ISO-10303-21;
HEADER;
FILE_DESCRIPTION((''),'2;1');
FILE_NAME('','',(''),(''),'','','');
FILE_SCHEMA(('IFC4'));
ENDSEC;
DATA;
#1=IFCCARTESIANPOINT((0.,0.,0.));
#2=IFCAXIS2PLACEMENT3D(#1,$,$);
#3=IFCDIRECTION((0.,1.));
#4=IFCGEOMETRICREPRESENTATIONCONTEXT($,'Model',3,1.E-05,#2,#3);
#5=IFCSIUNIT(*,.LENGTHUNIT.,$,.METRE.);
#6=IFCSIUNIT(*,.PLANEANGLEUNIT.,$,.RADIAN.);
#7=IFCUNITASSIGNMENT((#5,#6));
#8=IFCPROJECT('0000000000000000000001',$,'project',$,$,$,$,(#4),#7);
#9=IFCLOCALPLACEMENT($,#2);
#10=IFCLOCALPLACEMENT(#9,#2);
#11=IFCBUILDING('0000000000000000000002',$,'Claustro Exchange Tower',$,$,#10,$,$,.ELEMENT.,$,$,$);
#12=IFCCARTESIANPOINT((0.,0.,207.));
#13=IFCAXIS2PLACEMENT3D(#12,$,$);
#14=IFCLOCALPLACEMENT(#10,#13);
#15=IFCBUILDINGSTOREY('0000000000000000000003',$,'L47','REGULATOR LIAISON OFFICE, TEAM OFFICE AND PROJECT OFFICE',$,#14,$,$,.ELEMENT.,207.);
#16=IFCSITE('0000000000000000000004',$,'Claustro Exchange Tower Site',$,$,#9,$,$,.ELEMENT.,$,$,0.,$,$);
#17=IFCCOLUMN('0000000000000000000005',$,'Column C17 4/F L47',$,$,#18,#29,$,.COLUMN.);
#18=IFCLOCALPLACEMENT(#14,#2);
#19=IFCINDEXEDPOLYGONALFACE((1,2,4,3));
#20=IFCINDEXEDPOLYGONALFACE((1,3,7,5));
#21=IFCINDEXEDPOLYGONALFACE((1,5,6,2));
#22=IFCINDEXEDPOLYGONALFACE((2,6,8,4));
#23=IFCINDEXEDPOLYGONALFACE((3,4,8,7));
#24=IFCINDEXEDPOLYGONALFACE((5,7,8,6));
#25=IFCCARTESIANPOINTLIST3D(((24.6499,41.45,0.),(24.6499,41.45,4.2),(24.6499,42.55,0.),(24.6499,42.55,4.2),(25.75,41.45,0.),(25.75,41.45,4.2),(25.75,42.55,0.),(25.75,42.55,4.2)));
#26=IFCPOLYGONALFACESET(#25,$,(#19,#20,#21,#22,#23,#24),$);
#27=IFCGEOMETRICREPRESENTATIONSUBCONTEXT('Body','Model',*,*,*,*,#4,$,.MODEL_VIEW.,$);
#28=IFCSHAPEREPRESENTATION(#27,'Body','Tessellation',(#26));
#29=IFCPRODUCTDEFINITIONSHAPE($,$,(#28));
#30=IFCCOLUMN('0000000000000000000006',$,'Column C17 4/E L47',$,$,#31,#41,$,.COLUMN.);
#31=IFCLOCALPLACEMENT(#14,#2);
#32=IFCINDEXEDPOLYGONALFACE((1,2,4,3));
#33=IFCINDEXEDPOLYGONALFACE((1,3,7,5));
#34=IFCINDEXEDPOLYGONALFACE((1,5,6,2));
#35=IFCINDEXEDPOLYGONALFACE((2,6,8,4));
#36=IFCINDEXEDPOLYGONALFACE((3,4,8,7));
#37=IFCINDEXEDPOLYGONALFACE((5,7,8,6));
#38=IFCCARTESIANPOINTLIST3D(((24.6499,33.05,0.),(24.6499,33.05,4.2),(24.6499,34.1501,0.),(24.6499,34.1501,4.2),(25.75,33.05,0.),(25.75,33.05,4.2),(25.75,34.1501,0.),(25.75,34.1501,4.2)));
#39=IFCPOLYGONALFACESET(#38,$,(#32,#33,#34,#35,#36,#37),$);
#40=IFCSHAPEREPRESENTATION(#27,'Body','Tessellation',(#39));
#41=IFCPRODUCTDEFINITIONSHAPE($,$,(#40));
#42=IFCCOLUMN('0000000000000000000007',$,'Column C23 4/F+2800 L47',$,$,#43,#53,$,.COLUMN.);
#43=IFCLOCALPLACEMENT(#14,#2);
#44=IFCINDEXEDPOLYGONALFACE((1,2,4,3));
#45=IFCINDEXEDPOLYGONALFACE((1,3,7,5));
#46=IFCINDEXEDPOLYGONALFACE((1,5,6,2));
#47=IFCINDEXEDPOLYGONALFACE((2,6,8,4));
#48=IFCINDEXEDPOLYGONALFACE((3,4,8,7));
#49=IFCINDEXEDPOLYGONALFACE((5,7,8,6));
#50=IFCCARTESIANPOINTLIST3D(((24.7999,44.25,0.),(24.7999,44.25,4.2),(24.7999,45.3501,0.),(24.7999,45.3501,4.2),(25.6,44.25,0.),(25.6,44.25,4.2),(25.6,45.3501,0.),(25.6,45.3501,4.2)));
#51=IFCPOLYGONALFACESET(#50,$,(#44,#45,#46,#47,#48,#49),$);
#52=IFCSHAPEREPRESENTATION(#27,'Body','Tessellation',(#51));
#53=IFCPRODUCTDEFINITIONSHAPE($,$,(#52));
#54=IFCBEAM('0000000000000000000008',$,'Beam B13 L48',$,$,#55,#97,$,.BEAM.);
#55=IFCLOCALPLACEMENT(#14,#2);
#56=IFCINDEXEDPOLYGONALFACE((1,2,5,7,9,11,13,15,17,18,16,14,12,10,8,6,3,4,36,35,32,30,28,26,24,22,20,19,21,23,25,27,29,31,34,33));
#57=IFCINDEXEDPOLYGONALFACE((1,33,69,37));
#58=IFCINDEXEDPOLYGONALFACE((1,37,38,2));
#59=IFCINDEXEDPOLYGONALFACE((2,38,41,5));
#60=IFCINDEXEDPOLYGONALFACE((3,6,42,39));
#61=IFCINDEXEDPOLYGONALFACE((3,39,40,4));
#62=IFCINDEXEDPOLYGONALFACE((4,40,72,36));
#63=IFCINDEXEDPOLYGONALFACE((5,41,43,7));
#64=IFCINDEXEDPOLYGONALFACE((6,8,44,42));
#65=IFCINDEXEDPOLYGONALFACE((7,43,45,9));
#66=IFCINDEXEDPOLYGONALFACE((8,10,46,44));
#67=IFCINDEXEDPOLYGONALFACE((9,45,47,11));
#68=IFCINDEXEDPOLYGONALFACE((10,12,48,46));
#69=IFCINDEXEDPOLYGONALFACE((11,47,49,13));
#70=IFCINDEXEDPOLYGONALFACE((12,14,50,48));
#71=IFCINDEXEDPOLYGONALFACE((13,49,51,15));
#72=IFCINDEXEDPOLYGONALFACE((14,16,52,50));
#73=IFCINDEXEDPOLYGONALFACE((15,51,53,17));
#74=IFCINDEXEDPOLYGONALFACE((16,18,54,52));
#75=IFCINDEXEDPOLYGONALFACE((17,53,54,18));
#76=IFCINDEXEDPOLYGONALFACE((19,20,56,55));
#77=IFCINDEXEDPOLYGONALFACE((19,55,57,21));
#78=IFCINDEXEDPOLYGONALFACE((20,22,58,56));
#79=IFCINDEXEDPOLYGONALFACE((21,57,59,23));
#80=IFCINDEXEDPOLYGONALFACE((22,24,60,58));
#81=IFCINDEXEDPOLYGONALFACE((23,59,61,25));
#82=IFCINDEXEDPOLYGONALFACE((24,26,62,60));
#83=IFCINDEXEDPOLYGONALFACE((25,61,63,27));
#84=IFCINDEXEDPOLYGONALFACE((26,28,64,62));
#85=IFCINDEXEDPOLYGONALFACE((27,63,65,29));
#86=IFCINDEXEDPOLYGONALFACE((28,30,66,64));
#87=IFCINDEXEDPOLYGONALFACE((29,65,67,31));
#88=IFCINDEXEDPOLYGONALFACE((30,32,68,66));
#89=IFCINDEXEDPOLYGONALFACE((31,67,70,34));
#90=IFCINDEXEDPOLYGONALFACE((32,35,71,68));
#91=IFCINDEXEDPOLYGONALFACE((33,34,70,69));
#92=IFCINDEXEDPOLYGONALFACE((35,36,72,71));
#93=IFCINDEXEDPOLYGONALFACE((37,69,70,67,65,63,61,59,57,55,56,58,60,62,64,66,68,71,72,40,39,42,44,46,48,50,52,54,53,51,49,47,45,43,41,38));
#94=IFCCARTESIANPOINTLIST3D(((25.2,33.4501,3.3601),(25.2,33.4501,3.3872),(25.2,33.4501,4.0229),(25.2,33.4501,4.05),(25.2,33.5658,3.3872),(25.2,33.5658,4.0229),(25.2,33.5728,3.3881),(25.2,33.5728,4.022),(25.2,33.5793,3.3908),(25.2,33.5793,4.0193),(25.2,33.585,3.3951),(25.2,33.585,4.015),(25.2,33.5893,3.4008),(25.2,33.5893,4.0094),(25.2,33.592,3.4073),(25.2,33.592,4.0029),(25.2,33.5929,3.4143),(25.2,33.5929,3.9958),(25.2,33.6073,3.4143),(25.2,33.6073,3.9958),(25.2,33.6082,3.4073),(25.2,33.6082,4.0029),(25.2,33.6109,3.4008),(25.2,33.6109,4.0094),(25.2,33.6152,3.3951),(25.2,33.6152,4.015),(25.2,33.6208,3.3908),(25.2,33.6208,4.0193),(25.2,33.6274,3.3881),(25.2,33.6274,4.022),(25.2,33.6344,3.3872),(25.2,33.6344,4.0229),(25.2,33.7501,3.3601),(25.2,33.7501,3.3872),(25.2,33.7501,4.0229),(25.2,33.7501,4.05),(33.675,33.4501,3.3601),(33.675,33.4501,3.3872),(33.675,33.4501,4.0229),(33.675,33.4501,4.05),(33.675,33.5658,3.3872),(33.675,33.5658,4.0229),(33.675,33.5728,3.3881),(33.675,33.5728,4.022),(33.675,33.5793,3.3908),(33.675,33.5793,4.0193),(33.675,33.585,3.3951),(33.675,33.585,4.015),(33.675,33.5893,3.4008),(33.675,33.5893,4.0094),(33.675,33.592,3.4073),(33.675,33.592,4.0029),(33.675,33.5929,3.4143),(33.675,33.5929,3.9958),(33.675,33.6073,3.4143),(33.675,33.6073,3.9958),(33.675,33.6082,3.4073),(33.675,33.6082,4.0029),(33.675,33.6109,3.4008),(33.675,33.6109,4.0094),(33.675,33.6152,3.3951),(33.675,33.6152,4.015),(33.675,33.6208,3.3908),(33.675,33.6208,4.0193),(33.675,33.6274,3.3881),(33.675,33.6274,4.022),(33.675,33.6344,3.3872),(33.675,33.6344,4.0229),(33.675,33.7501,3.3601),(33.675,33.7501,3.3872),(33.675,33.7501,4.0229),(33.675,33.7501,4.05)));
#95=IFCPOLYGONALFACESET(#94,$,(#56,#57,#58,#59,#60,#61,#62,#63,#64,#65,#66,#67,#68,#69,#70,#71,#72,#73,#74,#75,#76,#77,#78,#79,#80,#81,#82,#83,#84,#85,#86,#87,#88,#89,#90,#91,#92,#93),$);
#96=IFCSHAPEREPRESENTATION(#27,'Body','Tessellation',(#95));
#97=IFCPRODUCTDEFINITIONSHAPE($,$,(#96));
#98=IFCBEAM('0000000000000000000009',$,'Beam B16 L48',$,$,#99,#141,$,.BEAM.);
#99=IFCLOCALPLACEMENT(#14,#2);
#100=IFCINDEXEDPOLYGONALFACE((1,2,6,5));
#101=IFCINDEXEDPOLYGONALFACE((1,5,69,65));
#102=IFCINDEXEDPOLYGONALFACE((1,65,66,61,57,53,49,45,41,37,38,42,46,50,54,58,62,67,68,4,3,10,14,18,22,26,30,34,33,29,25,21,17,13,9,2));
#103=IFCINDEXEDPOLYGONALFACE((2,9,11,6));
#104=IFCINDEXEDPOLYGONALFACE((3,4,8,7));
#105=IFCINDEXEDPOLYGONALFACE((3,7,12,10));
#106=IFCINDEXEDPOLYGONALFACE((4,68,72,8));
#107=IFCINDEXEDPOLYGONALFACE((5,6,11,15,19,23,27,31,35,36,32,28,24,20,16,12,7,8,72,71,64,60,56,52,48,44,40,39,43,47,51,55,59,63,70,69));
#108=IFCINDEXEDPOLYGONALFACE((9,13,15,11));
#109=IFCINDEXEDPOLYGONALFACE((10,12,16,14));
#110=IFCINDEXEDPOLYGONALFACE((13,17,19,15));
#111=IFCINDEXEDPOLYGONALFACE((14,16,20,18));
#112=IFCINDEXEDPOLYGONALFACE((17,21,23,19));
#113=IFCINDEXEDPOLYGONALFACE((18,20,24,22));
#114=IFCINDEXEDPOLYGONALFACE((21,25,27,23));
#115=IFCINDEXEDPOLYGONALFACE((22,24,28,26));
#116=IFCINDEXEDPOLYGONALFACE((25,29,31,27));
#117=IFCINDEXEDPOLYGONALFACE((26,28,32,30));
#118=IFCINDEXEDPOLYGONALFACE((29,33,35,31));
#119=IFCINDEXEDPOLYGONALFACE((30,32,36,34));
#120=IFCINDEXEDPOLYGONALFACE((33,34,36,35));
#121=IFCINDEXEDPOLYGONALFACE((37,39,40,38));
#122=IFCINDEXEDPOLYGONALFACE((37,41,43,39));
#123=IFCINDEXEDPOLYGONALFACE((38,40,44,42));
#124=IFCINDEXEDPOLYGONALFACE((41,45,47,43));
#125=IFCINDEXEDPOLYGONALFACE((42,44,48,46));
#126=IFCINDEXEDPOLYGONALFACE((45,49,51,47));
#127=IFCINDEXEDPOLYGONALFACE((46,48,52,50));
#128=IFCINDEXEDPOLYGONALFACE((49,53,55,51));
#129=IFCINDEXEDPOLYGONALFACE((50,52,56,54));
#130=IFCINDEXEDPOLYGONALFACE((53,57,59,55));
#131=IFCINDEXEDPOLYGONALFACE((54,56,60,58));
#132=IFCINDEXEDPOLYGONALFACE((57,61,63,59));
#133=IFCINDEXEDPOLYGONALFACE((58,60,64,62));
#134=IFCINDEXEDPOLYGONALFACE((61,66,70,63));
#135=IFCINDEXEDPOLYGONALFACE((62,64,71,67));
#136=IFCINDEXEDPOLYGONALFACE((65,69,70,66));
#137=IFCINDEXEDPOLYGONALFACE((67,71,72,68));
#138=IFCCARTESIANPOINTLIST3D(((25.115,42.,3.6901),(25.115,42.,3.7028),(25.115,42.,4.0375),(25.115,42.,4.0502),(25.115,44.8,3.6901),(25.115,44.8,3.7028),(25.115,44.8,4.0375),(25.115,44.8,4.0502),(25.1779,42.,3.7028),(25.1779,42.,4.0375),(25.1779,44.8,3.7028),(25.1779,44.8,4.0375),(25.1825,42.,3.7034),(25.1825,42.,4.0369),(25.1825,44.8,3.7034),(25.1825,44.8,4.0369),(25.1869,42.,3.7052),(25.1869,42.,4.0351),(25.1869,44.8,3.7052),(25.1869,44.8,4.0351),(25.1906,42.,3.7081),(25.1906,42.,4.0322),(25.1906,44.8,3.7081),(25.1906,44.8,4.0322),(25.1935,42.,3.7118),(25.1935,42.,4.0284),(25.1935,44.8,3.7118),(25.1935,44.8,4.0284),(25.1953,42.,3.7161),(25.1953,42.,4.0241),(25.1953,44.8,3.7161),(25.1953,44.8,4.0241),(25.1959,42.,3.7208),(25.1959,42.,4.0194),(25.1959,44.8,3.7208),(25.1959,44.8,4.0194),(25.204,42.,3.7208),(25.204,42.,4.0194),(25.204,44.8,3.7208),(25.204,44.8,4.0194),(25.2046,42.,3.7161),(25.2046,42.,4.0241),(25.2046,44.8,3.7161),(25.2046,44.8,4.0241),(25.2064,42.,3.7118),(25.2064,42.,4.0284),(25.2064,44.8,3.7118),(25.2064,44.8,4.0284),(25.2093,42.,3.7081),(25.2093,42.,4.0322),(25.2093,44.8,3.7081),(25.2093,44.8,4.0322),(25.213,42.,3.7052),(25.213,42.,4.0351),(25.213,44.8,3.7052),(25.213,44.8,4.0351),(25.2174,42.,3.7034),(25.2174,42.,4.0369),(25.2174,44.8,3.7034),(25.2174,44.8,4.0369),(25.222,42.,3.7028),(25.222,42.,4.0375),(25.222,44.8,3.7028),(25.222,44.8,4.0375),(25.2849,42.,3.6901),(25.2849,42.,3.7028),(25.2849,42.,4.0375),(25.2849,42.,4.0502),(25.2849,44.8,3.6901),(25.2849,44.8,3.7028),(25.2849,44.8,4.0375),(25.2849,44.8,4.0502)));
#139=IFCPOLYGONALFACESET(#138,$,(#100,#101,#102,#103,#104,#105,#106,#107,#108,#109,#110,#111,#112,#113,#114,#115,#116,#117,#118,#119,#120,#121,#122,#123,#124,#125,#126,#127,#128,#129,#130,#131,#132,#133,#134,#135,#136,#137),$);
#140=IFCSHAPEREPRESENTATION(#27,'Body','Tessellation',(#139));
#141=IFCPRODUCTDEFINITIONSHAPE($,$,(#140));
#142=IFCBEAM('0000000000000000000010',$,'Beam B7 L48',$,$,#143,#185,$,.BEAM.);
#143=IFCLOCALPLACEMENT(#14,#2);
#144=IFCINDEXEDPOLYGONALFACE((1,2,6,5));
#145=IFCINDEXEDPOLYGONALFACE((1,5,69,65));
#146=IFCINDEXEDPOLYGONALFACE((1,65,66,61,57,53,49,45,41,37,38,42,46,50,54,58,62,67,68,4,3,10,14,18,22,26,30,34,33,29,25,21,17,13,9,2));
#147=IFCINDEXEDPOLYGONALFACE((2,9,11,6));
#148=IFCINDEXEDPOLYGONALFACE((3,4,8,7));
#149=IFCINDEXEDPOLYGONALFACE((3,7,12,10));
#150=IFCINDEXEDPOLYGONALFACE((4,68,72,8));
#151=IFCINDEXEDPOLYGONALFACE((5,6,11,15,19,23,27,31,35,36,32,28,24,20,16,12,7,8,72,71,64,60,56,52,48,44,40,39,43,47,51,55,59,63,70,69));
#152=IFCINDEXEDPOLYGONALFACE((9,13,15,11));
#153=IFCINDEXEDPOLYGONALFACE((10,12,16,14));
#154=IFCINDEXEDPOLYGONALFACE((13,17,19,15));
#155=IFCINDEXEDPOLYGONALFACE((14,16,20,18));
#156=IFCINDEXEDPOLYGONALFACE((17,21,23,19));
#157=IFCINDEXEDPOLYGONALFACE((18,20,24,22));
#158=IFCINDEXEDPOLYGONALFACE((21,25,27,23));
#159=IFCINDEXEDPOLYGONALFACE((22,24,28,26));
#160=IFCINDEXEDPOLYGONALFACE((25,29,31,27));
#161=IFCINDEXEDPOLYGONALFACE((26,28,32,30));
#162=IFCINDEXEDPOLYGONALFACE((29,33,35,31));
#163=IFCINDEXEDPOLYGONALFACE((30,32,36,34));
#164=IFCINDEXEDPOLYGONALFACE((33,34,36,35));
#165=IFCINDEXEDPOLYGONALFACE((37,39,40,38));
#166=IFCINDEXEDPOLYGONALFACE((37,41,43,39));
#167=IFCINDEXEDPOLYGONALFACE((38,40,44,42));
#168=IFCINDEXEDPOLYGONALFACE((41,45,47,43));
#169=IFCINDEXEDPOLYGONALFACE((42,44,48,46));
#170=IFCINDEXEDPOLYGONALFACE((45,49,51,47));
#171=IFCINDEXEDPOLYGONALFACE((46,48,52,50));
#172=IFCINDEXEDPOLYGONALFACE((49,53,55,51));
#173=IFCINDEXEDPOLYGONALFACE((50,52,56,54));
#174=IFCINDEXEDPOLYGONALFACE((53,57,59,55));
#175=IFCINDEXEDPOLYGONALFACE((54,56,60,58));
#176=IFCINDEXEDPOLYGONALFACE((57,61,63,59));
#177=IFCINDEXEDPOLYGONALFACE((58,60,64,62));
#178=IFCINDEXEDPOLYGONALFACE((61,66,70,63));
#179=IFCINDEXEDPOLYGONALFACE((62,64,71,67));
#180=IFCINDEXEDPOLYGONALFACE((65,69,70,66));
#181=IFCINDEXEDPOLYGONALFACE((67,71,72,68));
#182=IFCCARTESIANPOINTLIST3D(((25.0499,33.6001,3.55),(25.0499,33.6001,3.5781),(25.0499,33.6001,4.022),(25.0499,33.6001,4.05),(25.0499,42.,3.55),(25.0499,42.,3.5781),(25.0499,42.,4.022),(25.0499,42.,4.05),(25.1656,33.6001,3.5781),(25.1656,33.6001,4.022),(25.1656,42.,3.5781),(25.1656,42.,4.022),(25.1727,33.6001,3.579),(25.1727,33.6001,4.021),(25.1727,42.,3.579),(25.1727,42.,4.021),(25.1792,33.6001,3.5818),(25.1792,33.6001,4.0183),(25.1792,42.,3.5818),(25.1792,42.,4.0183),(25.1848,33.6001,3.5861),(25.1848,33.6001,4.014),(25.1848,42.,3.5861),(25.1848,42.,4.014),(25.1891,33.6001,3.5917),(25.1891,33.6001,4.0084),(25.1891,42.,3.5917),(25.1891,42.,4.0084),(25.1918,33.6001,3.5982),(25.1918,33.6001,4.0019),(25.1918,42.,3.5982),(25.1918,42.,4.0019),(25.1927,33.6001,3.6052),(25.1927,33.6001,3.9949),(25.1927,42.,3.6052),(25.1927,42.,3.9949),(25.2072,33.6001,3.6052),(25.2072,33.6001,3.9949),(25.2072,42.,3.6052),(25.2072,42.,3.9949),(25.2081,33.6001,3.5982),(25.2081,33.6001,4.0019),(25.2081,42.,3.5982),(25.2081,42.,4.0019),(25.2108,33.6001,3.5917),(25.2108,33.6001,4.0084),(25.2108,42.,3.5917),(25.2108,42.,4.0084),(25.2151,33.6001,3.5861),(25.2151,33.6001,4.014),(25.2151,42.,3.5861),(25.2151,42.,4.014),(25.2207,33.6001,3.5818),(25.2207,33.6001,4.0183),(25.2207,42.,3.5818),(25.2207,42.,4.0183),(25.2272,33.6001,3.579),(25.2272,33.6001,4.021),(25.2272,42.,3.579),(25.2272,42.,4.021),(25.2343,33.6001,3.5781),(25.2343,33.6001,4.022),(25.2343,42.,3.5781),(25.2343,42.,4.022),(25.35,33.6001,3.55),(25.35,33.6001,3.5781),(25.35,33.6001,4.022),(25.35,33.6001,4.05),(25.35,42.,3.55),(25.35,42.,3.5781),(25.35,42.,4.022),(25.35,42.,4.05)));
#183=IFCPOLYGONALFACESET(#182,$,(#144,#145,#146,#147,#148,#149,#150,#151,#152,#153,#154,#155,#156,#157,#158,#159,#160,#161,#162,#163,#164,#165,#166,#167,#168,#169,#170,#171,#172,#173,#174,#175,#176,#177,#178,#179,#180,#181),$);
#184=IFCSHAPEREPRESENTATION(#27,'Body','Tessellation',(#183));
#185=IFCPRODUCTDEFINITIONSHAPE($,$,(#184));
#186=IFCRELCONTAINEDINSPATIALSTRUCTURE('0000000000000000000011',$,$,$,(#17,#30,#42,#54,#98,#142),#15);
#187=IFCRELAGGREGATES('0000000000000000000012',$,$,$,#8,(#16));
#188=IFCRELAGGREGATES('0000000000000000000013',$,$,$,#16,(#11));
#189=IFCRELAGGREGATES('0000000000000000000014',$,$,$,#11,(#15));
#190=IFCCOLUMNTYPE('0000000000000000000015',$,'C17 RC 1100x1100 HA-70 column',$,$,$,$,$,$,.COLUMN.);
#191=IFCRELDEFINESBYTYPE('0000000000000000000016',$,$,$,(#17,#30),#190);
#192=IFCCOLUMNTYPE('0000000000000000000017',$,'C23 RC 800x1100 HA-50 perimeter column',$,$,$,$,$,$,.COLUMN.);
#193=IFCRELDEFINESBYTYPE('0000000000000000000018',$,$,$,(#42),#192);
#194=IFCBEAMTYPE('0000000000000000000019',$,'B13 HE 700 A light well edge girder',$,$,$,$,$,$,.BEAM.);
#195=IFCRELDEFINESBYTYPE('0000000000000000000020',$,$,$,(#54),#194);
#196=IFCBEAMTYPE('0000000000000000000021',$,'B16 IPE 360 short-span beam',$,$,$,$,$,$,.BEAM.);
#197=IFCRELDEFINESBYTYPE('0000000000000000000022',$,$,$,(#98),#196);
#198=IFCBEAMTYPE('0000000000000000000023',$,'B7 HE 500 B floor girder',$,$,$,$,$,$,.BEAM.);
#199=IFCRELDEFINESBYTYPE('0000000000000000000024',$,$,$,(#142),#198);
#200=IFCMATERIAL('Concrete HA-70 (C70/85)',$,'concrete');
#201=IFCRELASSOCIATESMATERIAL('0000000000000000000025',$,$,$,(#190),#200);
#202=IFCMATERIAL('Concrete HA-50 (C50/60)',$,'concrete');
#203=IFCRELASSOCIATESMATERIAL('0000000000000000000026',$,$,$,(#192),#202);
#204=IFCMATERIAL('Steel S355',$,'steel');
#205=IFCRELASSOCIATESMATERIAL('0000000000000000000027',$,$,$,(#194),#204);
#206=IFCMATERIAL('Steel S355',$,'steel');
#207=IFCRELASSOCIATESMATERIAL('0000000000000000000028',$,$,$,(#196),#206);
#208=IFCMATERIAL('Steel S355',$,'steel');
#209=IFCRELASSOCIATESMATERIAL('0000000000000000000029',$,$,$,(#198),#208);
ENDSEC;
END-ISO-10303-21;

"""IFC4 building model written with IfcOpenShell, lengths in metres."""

from ifc_helpers import new_model, si_unit, direction, frame, origin, origin_2d, place, context, subcontext, project, spatial, rectangle, i_section, extrude, material, material_profile, profile_set, type_object, element, save


model = new_model("IFC4")

# Units and contexts
model_context = context("Model", 3, precision=1e-05, world=origin(), true_north=direction((0.0, 1.0)))
body_context = subcontext(model_context, "Body", "Model", "MODEL_VIEW")
ifc_project = project(units=[si_unit("LENGTHUNIT", "METRE"), si_unit("PLANEANGLEUNIT", "RADIAN")], contexts=[model_context])

# Site, building, storey
site_placement = place(None, origin())
site = spatial("IfcSite", under=ifc_project, at=site_placement, Name="Claustro Exchange Tower Site", CompositionType="ELEMENT", RefElevation=0.0)
building_placement = place(site_placement, origin())
building = spatial("IfcBuilding", under=site, at=building_placement, Name="Claustro Exchange Tower", CompositionType="ELEMENT")
storey_placement = place(building_placement, frame((0.0, 0.0, 207.0)))
storey = spatial("IfcBuildingStorey", under=building, at=storey_placement, Name="L47", Description="REGULATOR LIAISON OFFICE, TEAM OFFICE AND PROJECT OFFICE", CompositionType="ELEMENT", Elevation=207.0)

# Columns
ifc_material_1 = material(Name="Concrete HA-70 (C70/85)", Category="concrete")
ifc_material_profile_1 = material_profile(ifc_material_1, rectangle(XDim=1.1001, YDim=1.1001, at=origin_2d()), Name="RC 1100x1100")
ifc_profile_set_1 = profile_set([ifc_material_profile_1], Name="Concrete HA-70 (C70/85)")
column_type_1 = type_object("IfcColumnType", Name="C17 RC 1100x1100 HA-70 column", PredefinedType="COLUMN", material=ifc_profile_set_1)
for number, where, z_axis, x_axis, name in (
    (1, (25.2, 42.0, 0.0), (0.0, 0.0, 1.0), (1.0, 0.0, 0.0), "Column C17 4/F L47"),
    (2, (25.2, 33.6001, 0.0), (0.0, 0.0, 1.0), (1.0, 0.0, 0.0), "Column C17 4/E L47"),
):
    element("IfcColumn", number, at=place(storey_placement, frame(where, z_axis=z_axis, x_axis=x_axis)), inside=storey, type_object=column_type_1, Name=name, PredefinedType="COLUMN", context=body_context, shape_type="SweptSolid", body=[
        extrude(rectangle(XDim=1.1001, YDim=1.1001, at=origin_2d()), origin(), (0.0, 0.0, 1.0), 4.2),
    ])
ifc_material_2 = material(Name="Concrete HA-50 (C50/60)", Category="concrete")
ifc_material_profile_2 = material_profile(ifc_material_2, rectangle(XDim=0.8, YDim=1.1001, at=origin_2d()), Name="RC 800x1100")
ifc_profile_set_2 = profile_set([ifc_material_profile_2], Name="Concrete HA-50 (C50/60)")
column_type_2 = type_object("IfcColumnType", Name="C23 RC 800x1100 HA-50 perimeter column", PredefinedType="COLUMN", material=ifc_profile_set_2)
column_placement = place(storey_placement, frame((25.2, 44.8, 0.0), z_axis=(0.0, 0.0, 1.0), x_axis=(1.0, 0.0, 0.0)))
element("IfcColumn", 3, at=column_placement, inside=storey, type_object=column_type_2, Name="Column C23 4/F+2800 L47", PredefinedType="COLUMN", context=body_context, shape_type="SweptSolid", body=[
    extrude(rectangle(XDim=0.8, YDim=1.1001, at=origin_2d()), origin(), (0.0, 0.0, 1.0), 4.2),
])

# Beams
ifc_material_3 = material(Name="Steel S355", Category="steel")
ifc_material_profile_3 = material_profile(ifc_material_3, i_section(OverallWidth=0.3, OverallDepth=0.6899, WebThickness=0.0144, FlangeThickness=0.0271, FilletRadius=0.0271, at=origin_2d()), Name="HE 700 A")
ifc_profile_set_3 = profile_set([ifc_material_profile_3], Name="Steel S355")
beam_type_1 = type_object("IfcBeamType", Name="B13 HE 700 A light well edge girder", PredefinedType="BEAM", material=ifc_profile_set_3)
beam_1_placement = place(storey_placement, frame((25.2, 33.6001, 3.7051), z_axis=(1.0, 0.0, 0.0), x_axis=(0.0, 1.0, 0.0)))
element("IfcBeam", 4, at=beam_1_placement, inside=storey, type_object=beam_type_1, Name="Beam B13 L48", PredefinedType="BEAM", context=body_context, shape_type="SweptSolid", body=[
    extrude(i_section(OverallWidth=0.3, OverallDepth=0.6899, WebThickness=0.0144, FlangeThickness=0.0271, FilletRadius=0.0271, at=origin_2d()), origin(), (0.0, 0.0, 1.0), 8.4751),
])
ifc_material_4 = material(Name="Steel S355", Category="steel")
ifc_material_profile_4 = material_profile(ifc_material_4, i_section(OverallWidth=0.1699, OverallDepth=0.3601, WebThickness=0.0081, FlangeThickness=0.0127, FilletRadius=0.0181, at=origin_2d()), Name="IPE 360")
ifc_profile_set_4 = profile_set([ifc_material_profile_4], Name="Steel S355")
beam_type_2 = type_object("IfcBeamType", Name="B16 IPE 360 short-span beam", PredefinedType="BEAM", material=ifc_profile_set_4)
beam_2_placement = place(storey_placement, frame((25.2, 42.0, 3.8701), z_axis=(0.0, 1.0, 0.0), x_axis=(-1.0, 0.0, 0.0)))
element("IfcBeam", 5, at=beam_2_placement, inside=storey, type_object=beam_type_2, Name="Beam B16 L48", PredefinedType="BEAM", context=body_context, shape_type="SweptSolid", body=[
    extrude(i_section(OverallWidth=0.1699, OverallDepth=0.3601, WebThickness=0.0081, FlangeThickness=0.0127, FilletRadius=0.0181, at=origin_2d()), origin(), (0.0, 0.0, 1.0), 2.8),
])
ifc_material_5 = material(Name="Steel S355", Category="steel")
ifc_material_profile_5 = material_profile(ifc_material_5, i_section(OverallWidth=0.3, OverallDepth=0.5, WebThickness=0.0144, FlangeThickness=0.0281, FilletRadius=0.0271, at=origin_2d()), Name="HE 500 B")
ifc_profile_set_5 = profile_set([ifc_material_profile_5], Name="Steel S355")
beam_type_3 = type_object("IfcBeamType", Name="B7 HE 500 B floor girder", PredefinedType="BEAM", material=ifc_profile_set_5)
beam_3_placement = place(storey_placement, frame((25.2, 33.6001, 3.8), z_axis=(0.0, 1.0, 0.0), x_axis=(-1.0, 0.0, 0.0)))
element("IfcBeam", 6, at=beam_3_placement, inside=storey, type_object=beam_type_3, Name="Beam B7 L48", PredefinedType="BEAM", context=body_context, shape_type="SweptSolid", body=[
    extrude(i_section(OverallWidth=0.3, OverallDepth=0.5, WebThickness=0.0144, FlangeThickness=0.0281, FilletRadius=0.0271, at=origin_2d()), origin(), (0.0, 0.0, 1.0), 8.3999),
])

save(model, "model.ifc")
